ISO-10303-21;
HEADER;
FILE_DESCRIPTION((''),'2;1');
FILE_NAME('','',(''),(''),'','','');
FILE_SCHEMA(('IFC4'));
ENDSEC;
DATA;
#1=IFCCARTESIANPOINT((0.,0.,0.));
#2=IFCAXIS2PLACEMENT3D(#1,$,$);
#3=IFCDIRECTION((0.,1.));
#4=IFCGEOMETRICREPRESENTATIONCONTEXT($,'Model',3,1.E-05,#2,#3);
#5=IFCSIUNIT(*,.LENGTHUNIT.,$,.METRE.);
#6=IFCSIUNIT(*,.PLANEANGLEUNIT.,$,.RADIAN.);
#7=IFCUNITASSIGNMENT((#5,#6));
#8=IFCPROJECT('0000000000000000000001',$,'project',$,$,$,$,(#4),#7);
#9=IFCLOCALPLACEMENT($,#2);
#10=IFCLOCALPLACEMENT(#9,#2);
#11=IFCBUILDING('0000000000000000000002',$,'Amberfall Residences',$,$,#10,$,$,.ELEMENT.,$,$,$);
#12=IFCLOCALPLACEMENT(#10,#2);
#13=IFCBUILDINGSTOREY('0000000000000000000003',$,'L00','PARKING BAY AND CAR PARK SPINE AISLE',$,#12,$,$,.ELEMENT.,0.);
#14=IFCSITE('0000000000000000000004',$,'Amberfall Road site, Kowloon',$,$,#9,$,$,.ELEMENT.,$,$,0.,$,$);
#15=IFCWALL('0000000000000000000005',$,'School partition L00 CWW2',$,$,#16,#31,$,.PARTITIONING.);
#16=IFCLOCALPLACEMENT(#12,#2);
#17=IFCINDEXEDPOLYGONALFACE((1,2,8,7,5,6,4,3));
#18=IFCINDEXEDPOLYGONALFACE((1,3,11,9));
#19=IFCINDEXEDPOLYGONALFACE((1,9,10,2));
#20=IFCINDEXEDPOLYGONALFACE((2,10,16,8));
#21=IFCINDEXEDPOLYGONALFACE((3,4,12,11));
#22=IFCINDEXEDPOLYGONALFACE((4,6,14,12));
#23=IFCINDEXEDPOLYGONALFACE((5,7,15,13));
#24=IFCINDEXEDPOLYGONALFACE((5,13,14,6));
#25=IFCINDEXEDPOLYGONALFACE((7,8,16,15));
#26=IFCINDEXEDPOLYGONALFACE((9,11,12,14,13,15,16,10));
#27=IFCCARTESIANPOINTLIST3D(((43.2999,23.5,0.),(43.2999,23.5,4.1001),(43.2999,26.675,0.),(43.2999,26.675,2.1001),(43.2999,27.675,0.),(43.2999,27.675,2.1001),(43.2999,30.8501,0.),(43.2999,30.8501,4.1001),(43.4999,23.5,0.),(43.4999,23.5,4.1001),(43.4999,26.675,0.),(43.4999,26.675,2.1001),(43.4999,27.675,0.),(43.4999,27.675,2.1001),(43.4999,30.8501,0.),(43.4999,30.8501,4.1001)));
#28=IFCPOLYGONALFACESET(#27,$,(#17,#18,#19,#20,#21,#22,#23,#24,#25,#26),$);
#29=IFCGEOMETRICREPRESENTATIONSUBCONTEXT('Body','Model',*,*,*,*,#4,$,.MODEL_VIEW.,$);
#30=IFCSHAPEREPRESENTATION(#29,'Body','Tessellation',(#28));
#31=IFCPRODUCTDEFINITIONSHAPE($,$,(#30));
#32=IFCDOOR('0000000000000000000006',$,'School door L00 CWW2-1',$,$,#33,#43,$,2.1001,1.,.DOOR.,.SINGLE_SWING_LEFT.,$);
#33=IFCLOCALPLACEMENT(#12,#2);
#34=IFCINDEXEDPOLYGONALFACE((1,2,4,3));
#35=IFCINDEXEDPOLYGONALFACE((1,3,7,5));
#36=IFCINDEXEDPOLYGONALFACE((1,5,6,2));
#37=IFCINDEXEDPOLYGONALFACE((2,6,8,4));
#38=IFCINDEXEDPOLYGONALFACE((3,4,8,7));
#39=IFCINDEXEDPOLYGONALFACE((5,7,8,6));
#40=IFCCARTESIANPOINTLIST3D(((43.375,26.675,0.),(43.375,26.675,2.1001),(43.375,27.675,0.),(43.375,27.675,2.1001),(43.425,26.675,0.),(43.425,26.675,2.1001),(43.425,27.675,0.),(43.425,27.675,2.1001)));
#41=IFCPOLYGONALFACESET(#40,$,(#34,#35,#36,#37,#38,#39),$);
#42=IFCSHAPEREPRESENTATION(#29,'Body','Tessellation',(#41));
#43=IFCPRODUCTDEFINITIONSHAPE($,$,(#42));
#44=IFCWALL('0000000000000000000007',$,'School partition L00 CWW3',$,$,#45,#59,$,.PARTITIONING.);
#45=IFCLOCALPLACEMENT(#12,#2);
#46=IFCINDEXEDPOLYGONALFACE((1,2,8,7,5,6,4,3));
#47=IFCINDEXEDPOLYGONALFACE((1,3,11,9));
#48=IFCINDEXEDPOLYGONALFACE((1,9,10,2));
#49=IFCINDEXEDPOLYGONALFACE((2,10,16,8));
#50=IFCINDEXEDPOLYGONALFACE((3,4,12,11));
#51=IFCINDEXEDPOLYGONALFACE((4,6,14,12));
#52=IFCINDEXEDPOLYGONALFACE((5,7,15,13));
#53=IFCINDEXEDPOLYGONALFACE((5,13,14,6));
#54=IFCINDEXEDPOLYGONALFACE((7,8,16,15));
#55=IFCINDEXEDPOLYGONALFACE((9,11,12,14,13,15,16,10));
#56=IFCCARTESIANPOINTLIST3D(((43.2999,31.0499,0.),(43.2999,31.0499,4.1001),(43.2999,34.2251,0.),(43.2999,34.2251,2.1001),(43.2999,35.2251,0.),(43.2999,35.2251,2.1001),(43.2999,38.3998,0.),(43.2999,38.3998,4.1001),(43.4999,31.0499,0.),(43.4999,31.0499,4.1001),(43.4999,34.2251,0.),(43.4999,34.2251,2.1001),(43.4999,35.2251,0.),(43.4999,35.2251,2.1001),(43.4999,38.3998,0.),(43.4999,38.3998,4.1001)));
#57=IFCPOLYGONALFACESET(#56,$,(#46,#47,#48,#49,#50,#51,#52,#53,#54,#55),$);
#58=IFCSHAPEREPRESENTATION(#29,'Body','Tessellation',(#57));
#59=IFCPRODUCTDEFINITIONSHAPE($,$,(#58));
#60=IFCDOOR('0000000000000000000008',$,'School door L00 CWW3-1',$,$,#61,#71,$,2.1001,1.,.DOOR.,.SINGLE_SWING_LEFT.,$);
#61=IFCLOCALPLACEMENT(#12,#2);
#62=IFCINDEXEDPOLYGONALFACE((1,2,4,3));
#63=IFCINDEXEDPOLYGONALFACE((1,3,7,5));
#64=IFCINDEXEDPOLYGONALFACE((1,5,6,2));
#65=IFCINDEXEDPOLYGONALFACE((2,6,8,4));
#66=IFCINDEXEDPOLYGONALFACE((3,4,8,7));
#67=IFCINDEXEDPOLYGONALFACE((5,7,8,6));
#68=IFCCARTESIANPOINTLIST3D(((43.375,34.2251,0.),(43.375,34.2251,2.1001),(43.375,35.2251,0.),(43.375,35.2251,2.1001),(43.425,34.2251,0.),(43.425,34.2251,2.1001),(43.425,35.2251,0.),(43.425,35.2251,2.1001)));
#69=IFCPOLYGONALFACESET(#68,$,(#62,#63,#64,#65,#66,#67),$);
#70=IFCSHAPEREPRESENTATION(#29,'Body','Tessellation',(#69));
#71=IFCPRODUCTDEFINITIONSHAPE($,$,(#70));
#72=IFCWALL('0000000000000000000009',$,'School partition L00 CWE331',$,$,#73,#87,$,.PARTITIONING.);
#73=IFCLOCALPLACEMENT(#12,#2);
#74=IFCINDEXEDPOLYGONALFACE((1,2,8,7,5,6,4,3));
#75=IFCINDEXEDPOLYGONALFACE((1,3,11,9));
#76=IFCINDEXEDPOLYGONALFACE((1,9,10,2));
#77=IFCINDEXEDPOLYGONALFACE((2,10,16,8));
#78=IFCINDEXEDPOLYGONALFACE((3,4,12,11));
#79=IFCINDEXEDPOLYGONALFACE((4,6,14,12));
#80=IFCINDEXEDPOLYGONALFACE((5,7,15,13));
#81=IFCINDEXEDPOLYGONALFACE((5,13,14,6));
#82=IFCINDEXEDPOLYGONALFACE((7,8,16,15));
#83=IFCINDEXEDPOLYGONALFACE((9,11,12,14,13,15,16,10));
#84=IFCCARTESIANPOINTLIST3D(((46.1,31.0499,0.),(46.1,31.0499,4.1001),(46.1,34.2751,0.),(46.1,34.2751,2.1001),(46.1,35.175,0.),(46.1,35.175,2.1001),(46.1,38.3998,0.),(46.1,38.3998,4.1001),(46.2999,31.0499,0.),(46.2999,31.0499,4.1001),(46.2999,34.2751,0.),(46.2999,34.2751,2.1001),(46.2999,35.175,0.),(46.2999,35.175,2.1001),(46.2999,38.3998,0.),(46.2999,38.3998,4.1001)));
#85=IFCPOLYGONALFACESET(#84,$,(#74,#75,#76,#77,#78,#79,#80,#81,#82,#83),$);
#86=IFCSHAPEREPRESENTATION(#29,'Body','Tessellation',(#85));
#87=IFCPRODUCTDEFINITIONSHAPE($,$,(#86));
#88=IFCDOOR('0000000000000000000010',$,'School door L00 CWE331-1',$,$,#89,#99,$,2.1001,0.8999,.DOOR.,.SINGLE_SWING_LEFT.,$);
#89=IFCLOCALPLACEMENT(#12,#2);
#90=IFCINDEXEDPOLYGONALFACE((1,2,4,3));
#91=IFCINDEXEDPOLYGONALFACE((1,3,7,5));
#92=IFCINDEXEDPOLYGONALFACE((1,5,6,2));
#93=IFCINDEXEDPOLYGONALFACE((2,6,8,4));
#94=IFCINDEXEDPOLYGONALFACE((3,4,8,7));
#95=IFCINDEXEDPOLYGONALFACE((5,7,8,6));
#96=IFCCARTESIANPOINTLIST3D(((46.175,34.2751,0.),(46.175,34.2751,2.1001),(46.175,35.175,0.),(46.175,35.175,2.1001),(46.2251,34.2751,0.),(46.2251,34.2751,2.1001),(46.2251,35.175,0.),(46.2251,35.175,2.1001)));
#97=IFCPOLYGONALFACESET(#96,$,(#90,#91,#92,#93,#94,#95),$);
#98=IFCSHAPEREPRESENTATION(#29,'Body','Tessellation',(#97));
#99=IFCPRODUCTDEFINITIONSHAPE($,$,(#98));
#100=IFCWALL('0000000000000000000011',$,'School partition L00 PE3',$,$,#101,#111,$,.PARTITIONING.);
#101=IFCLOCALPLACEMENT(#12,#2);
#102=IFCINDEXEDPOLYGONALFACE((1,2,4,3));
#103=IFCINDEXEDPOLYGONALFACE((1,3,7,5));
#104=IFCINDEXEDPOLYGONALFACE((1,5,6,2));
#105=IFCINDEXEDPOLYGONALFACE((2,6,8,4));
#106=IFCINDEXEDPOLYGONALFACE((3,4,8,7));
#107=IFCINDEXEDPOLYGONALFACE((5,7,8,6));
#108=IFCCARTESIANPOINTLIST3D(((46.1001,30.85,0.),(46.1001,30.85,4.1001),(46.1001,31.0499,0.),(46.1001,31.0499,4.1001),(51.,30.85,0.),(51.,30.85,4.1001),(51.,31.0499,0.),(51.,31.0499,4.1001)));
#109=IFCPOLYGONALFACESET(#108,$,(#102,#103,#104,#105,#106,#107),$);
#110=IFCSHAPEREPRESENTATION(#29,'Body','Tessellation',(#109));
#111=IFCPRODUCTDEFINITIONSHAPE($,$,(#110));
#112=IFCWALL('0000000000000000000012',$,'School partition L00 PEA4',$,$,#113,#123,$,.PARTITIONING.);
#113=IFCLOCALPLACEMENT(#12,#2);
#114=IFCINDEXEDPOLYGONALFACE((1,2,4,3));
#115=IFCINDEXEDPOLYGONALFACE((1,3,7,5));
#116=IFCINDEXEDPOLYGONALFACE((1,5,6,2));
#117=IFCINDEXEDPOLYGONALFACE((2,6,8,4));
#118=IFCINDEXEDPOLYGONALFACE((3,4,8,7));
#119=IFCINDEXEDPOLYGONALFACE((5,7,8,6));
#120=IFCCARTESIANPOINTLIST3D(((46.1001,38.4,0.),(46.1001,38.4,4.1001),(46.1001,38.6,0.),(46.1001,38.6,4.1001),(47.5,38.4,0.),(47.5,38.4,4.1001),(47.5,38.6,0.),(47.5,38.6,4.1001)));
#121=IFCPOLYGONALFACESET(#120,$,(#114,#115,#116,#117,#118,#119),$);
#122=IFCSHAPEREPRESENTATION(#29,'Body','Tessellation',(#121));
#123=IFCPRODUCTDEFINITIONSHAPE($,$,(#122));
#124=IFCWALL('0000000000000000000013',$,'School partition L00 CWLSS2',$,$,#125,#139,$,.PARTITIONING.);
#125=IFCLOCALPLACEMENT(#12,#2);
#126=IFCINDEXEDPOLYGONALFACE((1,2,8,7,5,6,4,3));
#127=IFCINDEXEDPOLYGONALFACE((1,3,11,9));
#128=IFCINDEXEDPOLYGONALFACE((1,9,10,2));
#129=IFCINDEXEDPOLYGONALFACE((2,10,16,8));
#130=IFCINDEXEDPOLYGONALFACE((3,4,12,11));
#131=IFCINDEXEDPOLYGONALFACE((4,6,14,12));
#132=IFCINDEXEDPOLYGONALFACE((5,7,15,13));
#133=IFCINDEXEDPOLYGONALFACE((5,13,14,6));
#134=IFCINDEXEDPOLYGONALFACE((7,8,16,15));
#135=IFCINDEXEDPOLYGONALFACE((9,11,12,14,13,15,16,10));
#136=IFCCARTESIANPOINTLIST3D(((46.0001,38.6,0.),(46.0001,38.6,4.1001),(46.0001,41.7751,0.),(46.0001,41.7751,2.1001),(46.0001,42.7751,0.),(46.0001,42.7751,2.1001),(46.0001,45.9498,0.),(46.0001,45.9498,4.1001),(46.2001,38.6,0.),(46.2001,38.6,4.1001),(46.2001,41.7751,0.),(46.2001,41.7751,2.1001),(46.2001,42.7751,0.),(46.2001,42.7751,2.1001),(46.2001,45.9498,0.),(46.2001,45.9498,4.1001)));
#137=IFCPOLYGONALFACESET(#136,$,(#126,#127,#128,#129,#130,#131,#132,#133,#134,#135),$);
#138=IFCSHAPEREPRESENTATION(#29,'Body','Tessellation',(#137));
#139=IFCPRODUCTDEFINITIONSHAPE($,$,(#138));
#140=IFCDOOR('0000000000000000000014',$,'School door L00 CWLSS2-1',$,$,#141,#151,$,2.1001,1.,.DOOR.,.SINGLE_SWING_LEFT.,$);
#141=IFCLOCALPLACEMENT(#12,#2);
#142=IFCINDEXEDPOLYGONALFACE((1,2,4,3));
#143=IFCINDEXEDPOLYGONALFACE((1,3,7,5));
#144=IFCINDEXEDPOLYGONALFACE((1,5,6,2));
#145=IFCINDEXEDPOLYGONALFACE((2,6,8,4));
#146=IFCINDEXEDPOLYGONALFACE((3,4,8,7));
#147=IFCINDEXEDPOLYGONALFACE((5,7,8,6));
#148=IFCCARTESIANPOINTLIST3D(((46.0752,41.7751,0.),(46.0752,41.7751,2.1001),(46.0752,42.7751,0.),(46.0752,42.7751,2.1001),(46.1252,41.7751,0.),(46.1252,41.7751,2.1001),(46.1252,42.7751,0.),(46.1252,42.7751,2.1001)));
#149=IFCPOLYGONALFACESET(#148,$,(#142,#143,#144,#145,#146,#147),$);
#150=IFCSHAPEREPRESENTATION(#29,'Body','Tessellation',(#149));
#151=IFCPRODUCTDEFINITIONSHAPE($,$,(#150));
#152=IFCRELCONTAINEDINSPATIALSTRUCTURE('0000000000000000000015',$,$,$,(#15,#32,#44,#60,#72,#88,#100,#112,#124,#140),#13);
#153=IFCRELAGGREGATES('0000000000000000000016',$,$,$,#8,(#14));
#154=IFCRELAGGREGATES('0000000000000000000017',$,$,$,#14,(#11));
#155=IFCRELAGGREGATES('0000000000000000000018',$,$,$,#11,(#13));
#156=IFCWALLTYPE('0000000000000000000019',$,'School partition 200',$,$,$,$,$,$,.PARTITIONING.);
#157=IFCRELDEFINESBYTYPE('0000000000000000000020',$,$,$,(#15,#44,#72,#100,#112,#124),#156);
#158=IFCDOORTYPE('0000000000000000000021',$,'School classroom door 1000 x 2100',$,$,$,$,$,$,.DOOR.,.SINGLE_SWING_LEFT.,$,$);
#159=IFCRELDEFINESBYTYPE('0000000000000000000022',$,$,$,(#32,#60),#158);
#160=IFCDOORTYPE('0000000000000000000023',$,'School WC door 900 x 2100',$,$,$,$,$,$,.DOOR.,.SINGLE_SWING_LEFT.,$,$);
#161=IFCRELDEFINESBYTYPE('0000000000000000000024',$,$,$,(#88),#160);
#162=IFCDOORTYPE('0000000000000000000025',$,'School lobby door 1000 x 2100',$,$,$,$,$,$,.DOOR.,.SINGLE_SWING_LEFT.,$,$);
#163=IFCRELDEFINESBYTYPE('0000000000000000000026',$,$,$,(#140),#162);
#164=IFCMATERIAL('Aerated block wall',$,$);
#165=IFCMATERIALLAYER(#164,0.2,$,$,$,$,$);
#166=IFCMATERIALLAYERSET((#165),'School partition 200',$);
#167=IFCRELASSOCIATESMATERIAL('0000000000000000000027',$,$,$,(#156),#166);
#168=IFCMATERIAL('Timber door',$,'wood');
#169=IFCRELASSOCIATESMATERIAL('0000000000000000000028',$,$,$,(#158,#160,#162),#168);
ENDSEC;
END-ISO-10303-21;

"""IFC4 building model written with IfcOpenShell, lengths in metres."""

from ifc_helpers import new_model, si_unit, direction, frame, frame_2d, origin, place, context, subcontext, project, spatial, rectangle, extrude, material, layer, layer_set, type_object, element, fill, save


model = new_model("IFC4")

# Units and contexts
model_context = context("Model", 3, precision=1e-05, world=origin(), true_north=direction((0.0, 1.0)))
body_context = subcontext(model_context, "Body", "Model", "MODEL_VIEW")
ifc_project = project(units=[si_unit("LENGTHUNIT", "METRE"), si_unit("PLANEANGLEUNIT", "RADIAN")], contexts=[model_context])

# Site, building, storey
site_placement = place(None, origin())
site = spatial("IfcSite", under=ifc_project, at=site_placement, Name="Amberfall Road site, Kowloon", CompositionType="ELEMENT", RefElevation=0.0)
building_placement = place(site_placement, origin())
building = spatial("IfcBuilding", under=site, at=building_placement, Name="Amberfall Residences", CompositionType="ELEMENT")
storey_placement = place(building_placement, origin())
storey = spatial("IfcBuildingStorey", under=building, at=storey_placement, Name="L00", Description="PARKING BAY AND CAR PARK SPINE AISLE", CompositionType="ELEMENT", Elevation=0.0)

# Walls, openings, doors
ifc_material_1 = material(Name="Aerated block wall")
ifc_layer_1 = layer(ifc_material_1, 0.2)
ifc_layer_set_1 = layer_set([ifc_layer_1], Name="School partition 200")
wall_type_1 = type_object("IfcWallType", Name="School partition 200", PredefinedType="PARTITIONING", material=ifc_layer_set_1)
wall_1_placement = place(storey_placement, frame((43.3999, 23.5, 0.0), z_axis=(0.0, 0.0, 1.0), x_axis=(0.0, 1.0, 0.0)))
wall_1 = element("IfcWall", 1, at=wall_1_placement, inside=storey, type_object=wall_type_1, Name="School partition L00 CWW2", PredefinedType="PARTITIONING", context=body_context, shape_type="SweptSolid", body=[
    extrude(rectangle(XDim=7.3501, YDim=0.2, at=frame_2d((3.675, 0.0))), origin(), (0.0, 0.0, 1.0), 4.1001),
])
opening_1_placement = place(wall_1_placement, frame((3.175, 0.0, 0.0)))
opening_1 = element("IfcOpeningElement", 2, at=opening_1_placement, cuts=wall_1, PredefinedType="OPENING", context=body_context, shape_type="SweptSolid", body=[
    extrude(rectangle(XDim=1.0, YDim=2.1001, at=frame_2d((0.5, 1.05))), frame((0.0, 0.1099, 0.0), z_axis=(0.0, -1.0, 0.0), x_axis=(1.0, 0.0, 0.0)), (0.0, 0.0, 1.0), 0.22),
])
ifc_material_2 = material(Name="Timber door", Category="wood")
door_type_1 = type_object("IfcDoorType", Name="School classroom door 1000 x 2100", OperationType="SINGLE_SWING_LEFT", PredefinedType="DOOR", material=ifc_material_2)
door_1_placement = place(opening_1_placement, origin())
door_1 = element("IfcDoor", 3, at=door_1_placement, inside=storey, type_object=door_type_1, Name="School door L00 CWW2-1", OperationType="SINGLE_SWING_LEFT", OverallHeight=2.1001, OverallWidth=1.0, PredefinedType="DOOR", context=body_context, shape_type="SweptSolid", body=[
    extrude(rectangle(XDim=1.0, YDim=2.1001, at=frame_2d((0.5, 1.05))), frame((0.0, 0.0249, 0.0), z_axis=(0.0, -1.0, 0.0), x_axis=(1.0, 0.0, 0.0)), (0.0, 0.0, 1.0), 0.05),
])
fill(opening_1, door_1)
wall_2_placement = place(storey_placement, frame((43.3999, 31.05, 0.0), z_axis=(0.0, 0.0, 1.0), x_axis=(0.0, 1.0, 0.0)))
wall_2 = element("IfcWall", 4, at=wall_2_placement, inside=storey, type_object=wall_type_1, Name="School partition L00 CWW3", PredefinedType="PARTITIONING", context=body_context, shape_type="SweptSolid", body=[
    extrude(rectangle(XDim=7.3499, YDim=0.2, at=frame_2d((3.6748, 0.0))), origin(), (0.0, 0.0, 1.0), 4.1001),
])
opening_2_placement = place(wall_2_placement, frame((3.175, 0.0, 0.0)))
opening_2 = element("IfcOpeningElement", 5, at=opening_2_placement, cuts=wall_2, PredefinedType="OPENING", context=body_context, shape_type="SweptSolid", body=[
    extrude(rectangle(XDim=1.0, YDim=2.1001, at=frame_2d((0.5, 1.05))), frame((0.0, 0.1099, 0.0), z_axis=(0.0, -1.0, 0.0), x_axis=(1.0, 0.0, 0.0)), (0.0, 0.0, 1.0), 0.22),
])
door_2_placement = place(opening_2_placement, origin())
door_2 = element("IfcDoor", 6, at=door_2_placement, inside=storey, type_object=door_type_1, Name="School door L00 CWW3-1", OperationType="SINGLE_SWING_LEFT", OverallHeight=2.1001, OverallWidth=1.0, PredefinedType="DOOR", context=body_context, shape_type="SweptSolid", body=[
    extrude(rectangle(XDim=1.0, YDim=2.1001, at=frame_2d((0.5, 1.05))), frame((0.0, 0.0249, 0.0), z_axis=(0.0, -1.0, 0.0), x_axis=(1.0, 0.0, 0.0)), (0.0, 0.0, 1.0), 0.05),
])
fill(opening_2, door_2)
wall_3_placement = place(storey_placement, frame((46.2, 31.05, 0.0), z_axis=(0.0, 0.0, 1.0), x_axis=(0.0, 1.0, 0.0)))
wall_3 = element("IfcWall", 7, at=wall_3_placement, inside=storey, type_object=wall_type_1, Name="School partition L00 CWE331", PredefinedType="PARTITIONING", context=body_context, shape_type="SweptSolid", body=[
    extrude(rectangle(XDim=7.3499, YDim=0.2, at=frame_2d((3.6748, 0.0))), origin(), (0.0, 0.0, 1.0), 4.1001),
])
opening_3_placement = place(wall_3_placement, frame((3.2251, 0.0, 0.0)))
opening_3 = element("IfcOpeningElement", 8, at=opening_3_placement, cuts=wall_3, PredefinedType="OPENING", context=body_context, shape_type="SweptSolid", body=[
    extrude(rectangle(XDim=0.8999, YDim=2.1001, at=frame_2d((0.45, 1.05))), frame((0.0, 0.1099, 0.0), z_axis=(0.0, -1.0, 0.0), x_axis=(1.0, 0.0, 0.0)), (0.0, 0.0, 1.0), 0.22),
])
door_type_2 = type_object("IfcDoorType", Name="School WC door 900 x 2100", OperationType="SINGLE_SWING_LEFT", PredefinedType="DOOR", material=ifc_material_2)
door_3_placement = place(opening_3_placement, origin())
door_3 = element("IfcDoor", 9, at=door_3_placement, inside=storey, type_object=door_type_2, Name="School door L00 CWE331-1", OperationType="SINGLE_SWING_LEFT", OverallHeight=2.1001, OverallWidth=0.8999, PredefinedType="DOOR", context=body_context, shape_type="SweptSolid", body=[
    extrude(rectangle(XDim=0.8999, YDim=2.1001, at=frame_2d((0.45, 1.05))), frame((0.0, 0.0249, 0.0), z_axis=(0.0, -1.0, 0.0), x_axis=(1.0, 0.0, 0.0)), (0.0, 0.0, 1.0), 0.05),
])
fill(opening_3, door_3)

# Walls
wall_4_placement = place(storey_placement, frame((46.1001, 30.95, 0.0), z_axis=(0.0, 0.0, 1.0), x_axis=(1.0, 0.0, 0.0)))
element("IfcWall", 10, at=wall_4_placement, inside=storey, type_object=wall_type_1, Name="School partition L00 PE3", PredefinedType="PARTITIONING", context=body_context, shape_type="SweptSolid", body=[
    extrude(rectangle(XDim=4.8999, YDim=0.2, at=frame_2d((2.45, 0.0))), origin(), (0.0, 0.0, 1.0), 4.1001),
])
wall_5_placement = place(storey_placement, frame((46.1001, 38.5, 0.0), z_axis=(0.0, 0.0, 1.0), x_axis=(1.0, 0.0, 0.0)))
element("IfcWall", 11, at=wall_5_placement, inside=storey, type_object=wall_type_1, Name="School partition L00 PEA4", PredefinedType="PARTITIONING", context=body_context, shape_type="SweptSolid", body=[
    extrude(rectangle(XDim=1.3999, YDim=0.2, at=frame_2d((0.7, 0.0))), origin(), (0.0, 0.0, 1.0), 4.1001),
])

# Wall, opening, door
wall_6_placement = place(storey_placement, frame((46.1001, 38.6001, 0.0), z_axis=(0.0, 0.0, 1.0), x_axis=(0.0, 1.0, 0.0)))
wall_6 = element("IfcWall", 12, at=wall_6_placement, inside=storey, type_object=wall_type_1, Name="School partition L00 CWLSS2", PredefinedType="PARTITIONING", context=body_context, shape_type="SweptSolid", body=[
    extrude(rectangle(XDim=7.3499, YDim=0.2, at=frame_2d((3.6748, 0.0))), origin(), (0.0, 0.0, 1.0), 4.1001),
])
opening_4_placement = place(wall_6_placement, frame((3.175, 0.0, 0.0)))
opening_4 = element("IfcOpeningElement", 13, at=opening_4_placement, cuts=wall_6, PredefinedType="OPENING", context=body_context, shape_type="SweptSolid", body=[
    extrude(rectangle(XDim=1.0, YDim=2.1001, at=frame_2d((0.5, 1.05))), frame((0.0, 0.1099, 0.0), z_axis=(0.0, -1.0, 0.0), x_axis=(1.0, 0.0, 0.0)), (0.0, 0.0, 1.0), 0.22),
])
door_type_3 = type_object("IfcDoorType", Name="School lobby door 1000 x 2100", OperationType="SINGLE_SWING_LEFT", PredefinedType="DOOR", material=ifc_material_2)
door_4_placement = place(opening_4_placement, origin())
door_4 = element("IfcDoor", 14, at=door_4_placement, inside=storey, type_object=door_type_3, Name="School door L00 CWLSS2-1", OperationType="SINGLE_SWING_LEFT", OverallHeight=2.1001, OverallWidth=1.0, PredefinedType="DOOR", context=body_context, shape_type="SweptSolid", body=[
    extrude(rectangle(XDim=1.0, YDim=2.1001, at=frame_2d((0.5, 1.05))), frame((0.0, 0.0249, 0.0), z_axis=(0.0, -1.0, 0.0), x_axis=(1.0, 0.0, 0.0)), (0.0, 0.0, 1.0), 0.05),
])
fill(opening_4, door_4)

save(model, "model.ifc")
